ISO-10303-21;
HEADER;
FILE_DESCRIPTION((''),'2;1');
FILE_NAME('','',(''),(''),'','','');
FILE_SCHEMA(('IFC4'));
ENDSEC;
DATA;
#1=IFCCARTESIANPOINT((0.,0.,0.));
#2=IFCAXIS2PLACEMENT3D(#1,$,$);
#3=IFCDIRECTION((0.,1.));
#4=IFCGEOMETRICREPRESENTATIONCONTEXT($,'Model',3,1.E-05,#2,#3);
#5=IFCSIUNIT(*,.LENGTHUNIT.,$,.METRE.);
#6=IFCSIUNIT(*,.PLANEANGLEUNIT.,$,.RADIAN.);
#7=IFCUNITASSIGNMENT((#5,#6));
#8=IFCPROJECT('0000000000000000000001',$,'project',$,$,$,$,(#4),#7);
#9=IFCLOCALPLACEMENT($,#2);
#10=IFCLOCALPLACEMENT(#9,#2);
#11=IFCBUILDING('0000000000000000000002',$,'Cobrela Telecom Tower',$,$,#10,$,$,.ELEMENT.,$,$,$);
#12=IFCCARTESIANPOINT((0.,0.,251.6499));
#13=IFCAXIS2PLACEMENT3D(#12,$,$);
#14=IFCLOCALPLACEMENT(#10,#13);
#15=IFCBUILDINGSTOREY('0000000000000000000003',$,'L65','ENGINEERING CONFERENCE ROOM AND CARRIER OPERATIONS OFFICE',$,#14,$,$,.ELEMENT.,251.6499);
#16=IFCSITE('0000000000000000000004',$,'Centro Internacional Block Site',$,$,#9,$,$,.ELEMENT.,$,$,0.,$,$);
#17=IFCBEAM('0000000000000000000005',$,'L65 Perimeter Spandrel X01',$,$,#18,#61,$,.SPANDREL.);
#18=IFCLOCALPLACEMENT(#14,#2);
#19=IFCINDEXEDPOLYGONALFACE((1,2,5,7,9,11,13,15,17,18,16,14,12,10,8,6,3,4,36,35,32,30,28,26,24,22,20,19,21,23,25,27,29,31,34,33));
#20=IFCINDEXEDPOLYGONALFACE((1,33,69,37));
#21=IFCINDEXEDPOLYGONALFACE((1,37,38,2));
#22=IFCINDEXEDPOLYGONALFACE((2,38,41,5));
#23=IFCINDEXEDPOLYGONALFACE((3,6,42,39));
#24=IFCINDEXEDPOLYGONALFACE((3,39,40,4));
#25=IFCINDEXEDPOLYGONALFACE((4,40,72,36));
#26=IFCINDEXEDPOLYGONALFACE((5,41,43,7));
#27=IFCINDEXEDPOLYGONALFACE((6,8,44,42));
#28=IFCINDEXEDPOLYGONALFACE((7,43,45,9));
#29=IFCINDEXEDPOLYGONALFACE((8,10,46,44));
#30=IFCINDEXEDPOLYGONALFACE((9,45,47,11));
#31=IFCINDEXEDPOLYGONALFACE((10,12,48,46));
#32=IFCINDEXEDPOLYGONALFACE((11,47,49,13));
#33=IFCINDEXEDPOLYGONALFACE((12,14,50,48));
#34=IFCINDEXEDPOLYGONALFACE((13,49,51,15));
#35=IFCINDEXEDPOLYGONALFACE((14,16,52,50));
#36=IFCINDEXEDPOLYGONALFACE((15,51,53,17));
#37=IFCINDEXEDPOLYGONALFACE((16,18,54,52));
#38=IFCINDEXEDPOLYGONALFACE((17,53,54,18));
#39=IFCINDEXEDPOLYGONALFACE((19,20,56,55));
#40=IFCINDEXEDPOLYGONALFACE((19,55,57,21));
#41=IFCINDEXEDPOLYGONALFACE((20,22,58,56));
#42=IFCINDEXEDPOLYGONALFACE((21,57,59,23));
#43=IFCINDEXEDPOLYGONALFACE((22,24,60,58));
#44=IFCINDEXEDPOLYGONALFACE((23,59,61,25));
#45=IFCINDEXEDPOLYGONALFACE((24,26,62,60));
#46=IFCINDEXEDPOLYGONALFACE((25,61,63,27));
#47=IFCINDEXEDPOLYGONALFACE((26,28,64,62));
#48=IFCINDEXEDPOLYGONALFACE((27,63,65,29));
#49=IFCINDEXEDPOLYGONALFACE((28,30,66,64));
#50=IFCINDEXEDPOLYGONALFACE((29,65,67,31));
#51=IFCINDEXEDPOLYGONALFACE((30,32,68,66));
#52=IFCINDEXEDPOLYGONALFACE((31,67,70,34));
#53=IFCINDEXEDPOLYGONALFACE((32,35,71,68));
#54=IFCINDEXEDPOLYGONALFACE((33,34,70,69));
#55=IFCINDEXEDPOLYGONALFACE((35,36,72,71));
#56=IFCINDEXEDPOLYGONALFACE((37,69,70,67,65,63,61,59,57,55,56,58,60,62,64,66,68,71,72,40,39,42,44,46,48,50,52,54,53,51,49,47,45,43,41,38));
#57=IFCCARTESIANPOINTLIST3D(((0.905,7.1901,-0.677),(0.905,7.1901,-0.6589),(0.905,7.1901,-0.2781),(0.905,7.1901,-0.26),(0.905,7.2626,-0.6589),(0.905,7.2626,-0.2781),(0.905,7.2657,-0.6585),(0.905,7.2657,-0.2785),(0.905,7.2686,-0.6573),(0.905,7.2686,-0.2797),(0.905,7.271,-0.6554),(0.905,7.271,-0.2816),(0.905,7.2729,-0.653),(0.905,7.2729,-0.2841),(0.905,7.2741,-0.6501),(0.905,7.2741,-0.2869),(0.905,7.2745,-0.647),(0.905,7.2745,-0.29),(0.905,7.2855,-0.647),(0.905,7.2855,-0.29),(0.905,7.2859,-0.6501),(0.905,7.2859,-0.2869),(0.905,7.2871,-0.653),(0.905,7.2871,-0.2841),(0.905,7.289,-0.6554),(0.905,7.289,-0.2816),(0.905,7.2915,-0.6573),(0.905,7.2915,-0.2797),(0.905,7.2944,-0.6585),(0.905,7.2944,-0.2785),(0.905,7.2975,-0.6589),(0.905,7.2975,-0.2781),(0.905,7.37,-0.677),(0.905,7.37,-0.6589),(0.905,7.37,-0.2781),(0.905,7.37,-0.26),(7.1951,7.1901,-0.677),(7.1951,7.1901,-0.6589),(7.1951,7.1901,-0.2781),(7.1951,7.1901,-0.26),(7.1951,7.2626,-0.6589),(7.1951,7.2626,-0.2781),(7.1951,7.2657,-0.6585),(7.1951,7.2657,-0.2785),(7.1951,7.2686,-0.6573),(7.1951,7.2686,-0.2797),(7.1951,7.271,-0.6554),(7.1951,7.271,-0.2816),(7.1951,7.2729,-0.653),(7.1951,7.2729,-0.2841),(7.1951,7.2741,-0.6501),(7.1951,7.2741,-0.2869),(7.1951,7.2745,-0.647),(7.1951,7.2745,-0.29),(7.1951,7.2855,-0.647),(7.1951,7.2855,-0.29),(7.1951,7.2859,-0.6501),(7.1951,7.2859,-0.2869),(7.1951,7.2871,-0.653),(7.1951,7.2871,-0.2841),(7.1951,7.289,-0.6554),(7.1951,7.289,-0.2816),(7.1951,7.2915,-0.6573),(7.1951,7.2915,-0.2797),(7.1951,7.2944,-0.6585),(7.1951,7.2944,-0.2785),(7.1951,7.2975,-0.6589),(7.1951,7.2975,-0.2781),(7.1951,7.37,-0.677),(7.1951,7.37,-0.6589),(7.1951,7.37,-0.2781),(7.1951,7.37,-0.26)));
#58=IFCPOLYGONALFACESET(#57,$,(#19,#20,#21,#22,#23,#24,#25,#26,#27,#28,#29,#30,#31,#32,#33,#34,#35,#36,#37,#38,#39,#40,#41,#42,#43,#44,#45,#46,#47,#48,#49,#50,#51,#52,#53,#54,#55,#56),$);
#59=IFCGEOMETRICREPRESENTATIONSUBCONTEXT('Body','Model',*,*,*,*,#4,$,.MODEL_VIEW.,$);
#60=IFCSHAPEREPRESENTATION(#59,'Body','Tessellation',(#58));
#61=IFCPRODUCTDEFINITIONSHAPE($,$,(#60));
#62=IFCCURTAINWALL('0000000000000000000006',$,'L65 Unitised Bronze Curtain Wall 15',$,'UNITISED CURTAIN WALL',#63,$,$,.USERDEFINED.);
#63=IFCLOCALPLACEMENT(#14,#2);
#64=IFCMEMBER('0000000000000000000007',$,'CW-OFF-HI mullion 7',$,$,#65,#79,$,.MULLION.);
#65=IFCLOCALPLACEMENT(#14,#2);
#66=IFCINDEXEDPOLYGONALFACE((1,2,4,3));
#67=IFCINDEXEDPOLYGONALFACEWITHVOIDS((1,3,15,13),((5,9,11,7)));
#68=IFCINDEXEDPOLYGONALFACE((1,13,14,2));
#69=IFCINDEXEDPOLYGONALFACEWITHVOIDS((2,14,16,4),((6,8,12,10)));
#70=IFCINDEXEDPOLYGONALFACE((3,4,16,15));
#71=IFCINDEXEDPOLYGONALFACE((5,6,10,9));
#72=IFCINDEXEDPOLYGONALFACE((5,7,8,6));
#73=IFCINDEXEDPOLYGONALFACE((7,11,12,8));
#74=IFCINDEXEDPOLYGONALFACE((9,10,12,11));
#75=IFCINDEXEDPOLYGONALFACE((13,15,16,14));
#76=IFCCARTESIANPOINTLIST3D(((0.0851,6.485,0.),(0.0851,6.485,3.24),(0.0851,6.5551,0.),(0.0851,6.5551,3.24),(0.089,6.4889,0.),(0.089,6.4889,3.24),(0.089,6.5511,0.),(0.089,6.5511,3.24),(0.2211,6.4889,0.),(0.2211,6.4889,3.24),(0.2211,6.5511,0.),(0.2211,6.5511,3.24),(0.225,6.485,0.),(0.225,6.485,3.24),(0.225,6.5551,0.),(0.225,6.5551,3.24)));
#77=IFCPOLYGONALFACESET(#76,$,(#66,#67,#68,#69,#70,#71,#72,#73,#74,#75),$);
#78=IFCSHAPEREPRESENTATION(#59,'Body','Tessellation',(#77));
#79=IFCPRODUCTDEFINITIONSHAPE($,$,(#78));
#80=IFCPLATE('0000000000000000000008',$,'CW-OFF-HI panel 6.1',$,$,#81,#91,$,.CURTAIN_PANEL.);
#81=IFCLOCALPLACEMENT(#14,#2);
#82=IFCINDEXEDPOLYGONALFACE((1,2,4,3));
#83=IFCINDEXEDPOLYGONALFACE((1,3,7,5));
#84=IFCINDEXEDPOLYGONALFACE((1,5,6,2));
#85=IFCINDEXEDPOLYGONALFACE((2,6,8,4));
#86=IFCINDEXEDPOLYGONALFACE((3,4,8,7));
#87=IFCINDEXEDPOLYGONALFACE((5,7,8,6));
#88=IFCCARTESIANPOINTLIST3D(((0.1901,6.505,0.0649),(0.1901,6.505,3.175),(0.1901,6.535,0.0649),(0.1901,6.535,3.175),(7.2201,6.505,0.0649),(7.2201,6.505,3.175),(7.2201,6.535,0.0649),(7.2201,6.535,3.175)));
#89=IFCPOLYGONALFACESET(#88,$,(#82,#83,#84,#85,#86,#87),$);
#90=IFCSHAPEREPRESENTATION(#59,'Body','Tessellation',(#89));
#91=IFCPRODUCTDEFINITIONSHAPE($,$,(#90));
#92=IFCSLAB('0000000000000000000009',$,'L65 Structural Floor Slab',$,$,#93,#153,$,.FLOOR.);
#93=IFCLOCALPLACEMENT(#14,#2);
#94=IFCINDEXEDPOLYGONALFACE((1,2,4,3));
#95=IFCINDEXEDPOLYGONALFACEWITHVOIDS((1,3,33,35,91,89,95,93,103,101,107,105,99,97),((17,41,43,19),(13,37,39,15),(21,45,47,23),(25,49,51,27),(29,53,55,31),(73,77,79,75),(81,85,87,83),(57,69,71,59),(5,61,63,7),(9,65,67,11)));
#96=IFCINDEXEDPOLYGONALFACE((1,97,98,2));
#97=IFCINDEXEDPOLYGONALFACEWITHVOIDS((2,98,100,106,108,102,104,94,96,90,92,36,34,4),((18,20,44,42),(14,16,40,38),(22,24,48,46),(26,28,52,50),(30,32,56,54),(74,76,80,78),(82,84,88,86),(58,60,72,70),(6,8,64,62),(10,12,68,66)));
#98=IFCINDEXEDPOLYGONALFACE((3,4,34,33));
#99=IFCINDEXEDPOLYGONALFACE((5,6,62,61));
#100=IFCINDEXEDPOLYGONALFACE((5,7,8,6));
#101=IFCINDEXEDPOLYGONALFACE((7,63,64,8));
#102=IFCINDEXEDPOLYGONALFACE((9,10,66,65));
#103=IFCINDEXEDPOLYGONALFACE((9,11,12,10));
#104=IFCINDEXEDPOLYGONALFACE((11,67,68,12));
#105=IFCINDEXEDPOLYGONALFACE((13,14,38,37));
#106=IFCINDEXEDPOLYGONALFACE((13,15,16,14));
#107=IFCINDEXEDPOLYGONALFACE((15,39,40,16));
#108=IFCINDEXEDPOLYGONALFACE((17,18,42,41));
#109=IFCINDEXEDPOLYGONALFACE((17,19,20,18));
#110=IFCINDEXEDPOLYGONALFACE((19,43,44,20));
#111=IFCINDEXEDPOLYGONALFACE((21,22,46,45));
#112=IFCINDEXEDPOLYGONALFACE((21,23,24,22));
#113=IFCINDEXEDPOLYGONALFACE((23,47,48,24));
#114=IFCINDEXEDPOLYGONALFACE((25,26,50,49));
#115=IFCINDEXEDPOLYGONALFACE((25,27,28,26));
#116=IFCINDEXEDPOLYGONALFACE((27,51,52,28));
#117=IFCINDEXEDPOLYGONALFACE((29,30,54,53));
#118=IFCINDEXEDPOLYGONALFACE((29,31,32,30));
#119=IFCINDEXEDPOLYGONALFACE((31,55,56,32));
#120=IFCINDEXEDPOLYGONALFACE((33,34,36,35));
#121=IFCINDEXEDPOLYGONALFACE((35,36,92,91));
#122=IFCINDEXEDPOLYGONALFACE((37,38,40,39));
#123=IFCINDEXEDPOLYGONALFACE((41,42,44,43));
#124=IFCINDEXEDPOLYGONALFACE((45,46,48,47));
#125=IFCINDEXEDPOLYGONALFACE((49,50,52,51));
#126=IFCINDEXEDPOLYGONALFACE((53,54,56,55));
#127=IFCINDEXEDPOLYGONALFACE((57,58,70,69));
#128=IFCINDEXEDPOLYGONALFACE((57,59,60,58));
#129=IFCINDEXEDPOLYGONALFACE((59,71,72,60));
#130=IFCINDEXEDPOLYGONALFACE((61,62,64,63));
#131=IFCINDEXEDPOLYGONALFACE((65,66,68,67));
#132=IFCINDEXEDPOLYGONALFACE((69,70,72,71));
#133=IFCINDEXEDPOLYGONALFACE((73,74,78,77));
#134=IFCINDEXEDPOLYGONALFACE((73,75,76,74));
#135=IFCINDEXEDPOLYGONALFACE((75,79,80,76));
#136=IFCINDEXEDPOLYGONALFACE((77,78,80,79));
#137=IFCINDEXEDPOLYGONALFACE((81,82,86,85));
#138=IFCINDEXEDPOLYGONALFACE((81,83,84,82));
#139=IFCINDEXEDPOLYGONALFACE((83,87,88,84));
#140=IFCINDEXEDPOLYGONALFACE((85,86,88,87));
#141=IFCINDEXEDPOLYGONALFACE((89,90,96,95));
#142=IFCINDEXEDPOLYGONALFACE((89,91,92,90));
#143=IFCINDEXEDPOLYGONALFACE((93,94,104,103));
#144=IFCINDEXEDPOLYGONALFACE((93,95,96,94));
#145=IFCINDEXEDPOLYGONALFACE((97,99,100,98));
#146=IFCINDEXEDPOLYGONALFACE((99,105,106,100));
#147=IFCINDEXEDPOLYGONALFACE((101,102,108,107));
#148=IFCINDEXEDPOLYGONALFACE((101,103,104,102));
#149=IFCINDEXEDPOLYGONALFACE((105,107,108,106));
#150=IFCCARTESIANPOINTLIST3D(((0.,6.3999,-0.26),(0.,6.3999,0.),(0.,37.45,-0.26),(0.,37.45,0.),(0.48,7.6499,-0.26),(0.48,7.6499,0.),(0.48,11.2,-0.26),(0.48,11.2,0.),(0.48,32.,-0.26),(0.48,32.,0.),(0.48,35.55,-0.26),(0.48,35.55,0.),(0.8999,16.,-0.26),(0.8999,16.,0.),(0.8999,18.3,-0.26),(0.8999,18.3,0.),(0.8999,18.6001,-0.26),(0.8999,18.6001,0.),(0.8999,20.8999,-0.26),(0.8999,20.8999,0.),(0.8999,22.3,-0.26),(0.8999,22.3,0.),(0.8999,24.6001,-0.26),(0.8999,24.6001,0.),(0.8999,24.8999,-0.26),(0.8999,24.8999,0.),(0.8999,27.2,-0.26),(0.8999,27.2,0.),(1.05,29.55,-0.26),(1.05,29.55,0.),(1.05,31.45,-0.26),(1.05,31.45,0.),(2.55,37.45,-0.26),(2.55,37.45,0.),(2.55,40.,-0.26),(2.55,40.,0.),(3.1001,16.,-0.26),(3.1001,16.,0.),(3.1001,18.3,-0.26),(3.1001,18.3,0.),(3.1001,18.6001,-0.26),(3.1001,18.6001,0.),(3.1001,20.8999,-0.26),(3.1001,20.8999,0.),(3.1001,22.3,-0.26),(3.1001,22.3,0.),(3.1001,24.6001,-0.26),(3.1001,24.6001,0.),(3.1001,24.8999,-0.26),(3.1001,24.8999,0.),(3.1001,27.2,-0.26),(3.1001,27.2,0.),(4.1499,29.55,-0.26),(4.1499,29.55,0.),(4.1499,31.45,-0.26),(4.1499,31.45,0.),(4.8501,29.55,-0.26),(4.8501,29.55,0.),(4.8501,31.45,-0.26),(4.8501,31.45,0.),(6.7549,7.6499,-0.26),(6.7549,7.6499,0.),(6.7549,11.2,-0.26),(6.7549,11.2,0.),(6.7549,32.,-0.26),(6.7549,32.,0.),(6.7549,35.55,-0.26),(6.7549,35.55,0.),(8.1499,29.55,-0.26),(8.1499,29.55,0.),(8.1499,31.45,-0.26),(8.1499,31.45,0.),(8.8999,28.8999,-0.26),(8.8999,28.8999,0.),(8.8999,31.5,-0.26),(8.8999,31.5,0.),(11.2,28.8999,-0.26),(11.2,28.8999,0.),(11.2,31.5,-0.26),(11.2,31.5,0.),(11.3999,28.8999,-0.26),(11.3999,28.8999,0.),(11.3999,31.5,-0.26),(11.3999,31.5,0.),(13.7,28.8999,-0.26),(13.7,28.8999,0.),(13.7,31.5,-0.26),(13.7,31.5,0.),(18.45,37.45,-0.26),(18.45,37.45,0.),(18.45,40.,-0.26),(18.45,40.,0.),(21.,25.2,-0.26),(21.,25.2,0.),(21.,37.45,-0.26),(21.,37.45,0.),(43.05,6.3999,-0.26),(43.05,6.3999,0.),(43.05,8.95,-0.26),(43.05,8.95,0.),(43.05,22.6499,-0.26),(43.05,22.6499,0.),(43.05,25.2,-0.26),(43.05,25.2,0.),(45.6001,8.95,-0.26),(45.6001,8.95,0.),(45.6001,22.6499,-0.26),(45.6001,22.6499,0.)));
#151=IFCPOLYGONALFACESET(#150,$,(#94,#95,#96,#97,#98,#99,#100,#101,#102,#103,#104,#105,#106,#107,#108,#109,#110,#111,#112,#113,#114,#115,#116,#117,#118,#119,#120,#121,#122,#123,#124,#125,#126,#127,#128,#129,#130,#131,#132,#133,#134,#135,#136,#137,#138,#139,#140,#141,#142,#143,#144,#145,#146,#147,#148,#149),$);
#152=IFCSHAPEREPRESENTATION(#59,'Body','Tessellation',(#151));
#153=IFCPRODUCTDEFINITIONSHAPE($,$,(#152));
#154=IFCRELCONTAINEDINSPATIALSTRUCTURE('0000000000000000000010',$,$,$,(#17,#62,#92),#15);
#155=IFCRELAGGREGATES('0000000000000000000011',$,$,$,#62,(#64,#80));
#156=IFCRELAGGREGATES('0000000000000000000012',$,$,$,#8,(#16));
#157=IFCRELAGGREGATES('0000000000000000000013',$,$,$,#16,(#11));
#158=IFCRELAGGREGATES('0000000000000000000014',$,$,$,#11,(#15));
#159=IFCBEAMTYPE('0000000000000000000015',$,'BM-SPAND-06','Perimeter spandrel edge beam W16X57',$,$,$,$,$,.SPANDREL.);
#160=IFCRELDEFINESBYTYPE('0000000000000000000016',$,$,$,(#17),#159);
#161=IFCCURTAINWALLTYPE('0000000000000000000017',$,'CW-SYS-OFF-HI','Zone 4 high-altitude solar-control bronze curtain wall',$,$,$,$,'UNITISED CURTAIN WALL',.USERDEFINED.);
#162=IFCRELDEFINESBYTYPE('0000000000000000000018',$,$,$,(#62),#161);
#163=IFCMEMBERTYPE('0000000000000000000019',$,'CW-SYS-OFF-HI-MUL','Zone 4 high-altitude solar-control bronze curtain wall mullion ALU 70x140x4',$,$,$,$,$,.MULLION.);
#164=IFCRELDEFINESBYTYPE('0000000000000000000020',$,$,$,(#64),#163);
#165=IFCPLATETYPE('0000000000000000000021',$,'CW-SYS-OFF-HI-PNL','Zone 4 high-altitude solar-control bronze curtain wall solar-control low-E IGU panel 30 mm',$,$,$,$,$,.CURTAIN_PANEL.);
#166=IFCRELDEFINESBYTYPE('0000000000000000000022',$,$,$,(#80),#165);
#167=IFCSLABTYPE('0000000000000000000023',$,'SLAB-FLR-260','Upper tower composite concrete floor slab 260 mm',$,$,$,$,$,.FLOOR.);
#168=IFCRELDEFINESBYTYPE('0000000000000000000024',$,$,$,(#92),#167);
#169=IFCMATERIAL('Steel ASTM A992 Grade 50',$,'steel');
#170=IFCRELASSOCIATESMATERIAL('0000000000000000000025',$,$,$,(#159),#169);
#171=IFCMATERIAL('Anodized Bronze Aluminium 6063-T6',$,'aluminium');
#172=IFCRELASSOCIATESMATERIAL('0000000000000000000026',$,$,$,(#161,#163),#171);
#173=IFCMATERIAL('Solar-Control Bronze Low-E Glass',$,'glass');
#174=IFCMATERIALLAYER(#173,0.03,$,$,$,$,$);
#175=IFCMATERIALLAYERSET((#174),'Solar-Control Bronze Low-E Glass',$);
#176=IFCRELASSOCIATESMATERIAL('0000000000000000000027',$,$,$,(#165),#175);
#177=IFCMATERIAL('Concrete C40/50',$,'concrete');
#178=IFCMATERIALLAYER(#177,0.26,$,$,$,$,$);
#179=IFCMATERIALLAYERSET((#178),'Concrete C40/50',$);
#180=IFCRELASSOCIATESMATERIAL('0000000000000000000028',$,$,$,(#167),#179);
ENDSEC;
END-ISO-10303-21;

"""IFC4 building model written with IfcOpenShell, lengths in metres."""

from ifc_helpers import new_model, si_unit, direction, frame, origin, origin_2d, place, context, subcontext, project, spatial, polyline, rectangle, hollow_rectangle, i_section, outline, extrude, material, layer, layer_set, material_profile, profile_set, type_object, element, aggregate, save


model = new_model("IFC4")

# Units and contexts
model_context = context("Model", 3, precision=1e-05, world=origin(), true_north=direction((0.0, 1.0)))
body_context = subcontext(model_context, "Body", "Model", "MODEL_VIEW")
ifc_project = project(units=[si_unit("LENGTHUNIT", "METRE"), si_unit("PLANEANGLEUNIT", "RADIAN")], contexts=[model_context])

# Site, building, storey
site_placement = place(None, origin())
site = spatial("IfcSite", under=ifc_project, at=site_placement, Name="Centro Internacional Block Site", CompositionType="ELEMENT", RefElevation=0.0)
building_placement = place(site_placement, origin())
building = spatial("IfcBuilding", under=site, at=building_placement, Name="Cobrela Telecom Tower", CompositionType="ELEMENT")
storey_placement = place(building_placement, frame((0.0, 0.0, 251.6499)))
storey = spatial("IfcBuildingStorey", under=building, at=storey_placement, Name="L65", Description="ENGINEERING CONFERENCE ROOM AND CARRIER OPERATIONS OFFICE", CompositionType="ELEMENT", Elevation=251.6499)

# Beam
ifc_material_1 = material(Name="Steel ASTM A992 Grade 50", Category="steel")
ifc_material_profile_1 = material_profile(ifc_material_1, i_section(OverallWidth=0.1799, OverallDepth=0.417, WebThickness=0.011, FlangeThickness=0.0181, FilletRadius=0.012, at=origin_2d()), Name="W16X57")
ifc_profile_set_1 = profile_set([ifc_material_profile_1], Name="Steel ASTM A992 Grade 50")
beam_type = type_object("IfcBeamType", Name="BM-SPAND-06", Description="Perimeter spandrel edge beam W16X57", PredefinedType="SPANDREL", material=ifc_profile_set_1)
beam_placement = place(storey_placement, frame((0.905, 7.28, -0.4685), z_axis=(1.0, 0.0, 0.0), x_axis=(0.0, 1.0, 0.0)))
element("IfcBeam", 1, at=beam_placement, inside=storey, type_object=beam_type, Name="L65 Perimeter Spandrel X01", PredefinedType="SPANDREL", context=body_context, shape_type="SweptSolid", body=[
    extrude(i_section(OverallWidth=0.1799, OverallDepth=0.417, WebThickness=0.011, FlangeThickness=0.0181, FilletRadius=0.012, at=origin_2d()), origin(), (0.0, 0.0, 1.0), 6.29),
])

# Curtain wall, member, plate
ifc_material_2 = material(Name="Anodized Bronze Aluminium 6063-T6", Category="aluminium")
curtain_wall_type = type_object("IfcCurtainWallType", Name="CW-SYS-OFF-HI", Description="Zone 4 high-altitude solar-control bronze curtain wall", ElementType="UNITISED CURTAIN WALL", PredefinedType="USERDEFINED", material=ifc_material_2)
curtain_wall_placement = place(storey_placement, origin())
curtain_wall = element("IfcCurtainWall", 2, at=curtain_wall_placement, inside=storey, type_object=curtain_wall_type, Name="L65 Unitised Bronze Curtain Wall 15", ObjectType="UNITISED CURTAIN WALL", PredefinedType="USERDEFINED")
ifc_material_profile_2 = material_profile(ifc_material_2, hollow_rectangle(XDim=0.0701, YDim=0.1399, WallThickness=0.0039, at=origin_2d()), Name="ALU 70x140x4")
ifc_profile_set_2 = profile_set([ifc_material_profile_2], Name="Anodized Bronze Aluminium 6063-T6")
member_type = type_object("IfcMemberType", Name="CW-SYS-OFF-HI-MUL", Description="Zone 4 high-altitude solar-control bronze curtain wall mullion ALU 70x140x4", PredefinedType="MULLION", material=ifc_profile_set_2)
member_placement = place(storey_placement, frame((0.155, 6.52, 0.0), z_axis=(0.0, 0.0, 1.0), x_axis=(0.0, -1.0, 0.0)))
member = element("IfcMember", 3, at=member_placement, type_object=member_type, Name="CW-OFF-HI mullion 7", PredefinedType="MULLION", context=body_context, shape_type="SweptSolid", body=[
    extrude(hollow_rectangle(XDim=0.0701, YDim=0.1399, WallThickness=0.0039, at=origin_2d()), origin(), (0.0, 0.0, 1.0), 3.24),
])
ifc_material_3 = material(Name="Solar-Control Bronze Low-E Glass", Category="glass")
ifc_layer_1 = layer(ifc_material_3, 0.03)
ifc_layer_set_1 = layer_set([ifc_layer_1], Name="Solar-Control Bronze Low-E Glass")
plate_type = type_object("IfcPlateType", Name="CW-SYS-OFF-HI-PNL", Description="Zone 4 high-altitude solar-control bronze curtain wall solar-control low-E IGU panel 30 mm", PredefinedType="CURTAIN_PANEL", material=ifc_layer_set_1)
plate_placement = place(storey_placement, frame((3.7051, 6.52, 0.0649), z_axis=(0.0, 0.0, 1.0), x_axis=(-1.0, 0.0, 0.0)))
plate = element("IfcPlate", 4, at=plate_placement, type_object=plate_type, Name="CW-OFF-HI panel 6.1", PredefinedType="CURTAIN_PANEL", context=body_context, shape_type="SweptSolid", body=[
    extrude(rectangle(XDim=7.03, YDim=0.03, at=origin_2d()), origin(), (0.0, 0.0, 1.0), 3.1101),
])
aggregate(curtain_wall, [member, plate])

# Slab, openings
ifc_material_4 = material(Name="Concrete C40/50", Category="concrete")
ifc_layer_2 = layer(ifc_material_4, 0.26)
ifc_layer_set_2 = layer_set([ifc_layer_2], Name="Concrete C40/50")
slab_type_1 = type_object("IfcSlabType", Name="SLAB-FLR-260", Description="Upper tower composite concrete floor slab 260 mm", PredefinedType="FLOOR", material=ifc_layer_set_2)
slab_1_placement = place(storey_placement, frame((0.0, 0.0, -0.26)))
slab_1 = element("IfcSlab", 5, at=slab_1_placement, inside=storey, type_object=slab_type_1, Name="L65 Structural Floor Slab", PredefinedType="FLOOR", context=body_context, shape_type="SweptSolid", body=[
    extrude(outline(polyline([(0.0, 6.3999), (43.05, 6.3999), (43.05, 8.95), (45.6001, 8.95), (45.6001, 22.6499), (43.05, 22.6499), (43.05, 25.2), (21.0, 25.2), (21.0, 37.45), (18.45, 37.45), (18.45, 40.0), (2.55, 40.0), (2.55, 37.45), (0.0, 37.45), (0.0, 6.3999)])), origin(), (0.0, 0.0, 1.0), 0.26),
])
opening_1_placement = place(slab_1_placement, frame((0.0, 0.0, -0.02)))
element("IfcOpeningElement", 6, at=opening_1_placement, cuts=slab_1, PredefinedType="OPENING", context=body_context, shape_type="SweptSolid", body=[
    extrude(outline(polyline([(8.8999, 28.8999), (11.2, 28.8999), (11.2, 31.5), (8.8999, 31.5), (8.8999, 28.8999)])), origin(), (0.0, 0.0, 1.0), 0.3),
])
opening_2_placement = place(slab_1_placement, frame((0.0, 0.0, -0.02)))
element("IfcOpeningElement", 7, at=opening_2_placement, cuts=slab_1, PredefinedType="OPENING", context=body_context, shape_type="SweptSolid", body=[
    extrude(outline(polyline([(11.3999, 28.8999), (13.7, 28.8999), (13.7, 31.5), (11.3999, 31.5), (11.3999, 28.8999)])), origin(), (0.0, 0.0, 1.0), 0.3),
])
opening_3_placement = place(slab_1_placement, frame((0.0, 0.0, -0.02)))
element("IfcOpeningElement", 8, at=opening_3_placement, cuts=slab_1, PredefinedType="OPENING", context=body_context, shape_type="SweptSolid", body=[
    extrude(outline(polyline([(0.8999, 16.0), (3.1001, 16.0), (3.1001, 18.3), (0.8999, 18.3), (0.8999, 16.0)])), origin(), (0.0, 0.0, 1.0), 0.3),
])
opening_4_placement = place(slab_1_placement, frame((0.0, 0.0, -0.02)))
element("IfcOpeningElement", 9, at=opening_4_placement, cuts=slab_1, PredefinedType="OPENING", context=body_context, shape_type="SweptSolid", body=[
    extrude(outline(polyline([(0.8999, 18.6001), (3.1001, 18.6001), (3.1001, 20.8999), (0.8999, 20.8999), (0.8999, 18.6001)])), origin(), (0.0, 0.0, 1.0), 0.3),
])
opening_5_placement = place(slab_1_placement, frame((0.0, 0.0, -0.02)))
element("IfcOpeningElement", 10, at=opening_5_placement, cuts=slab_1, PredefinedType="OPENING", context=body_context, shape_type="SweptSolid", body=[
    extrude(outline(polyline([(0.8999, 22.3), (3.1001, 22.3), (3.1001, 24.6001), (0.8999, 24.6001), (0.8999, 22.3)])), origin(), (0.0, 0.0, 1.0), 0.3),
])
opening_6_placement = place(slab_1_placement, frame((0.0, 0.0, -0.02)))
element("IfcOpeningElement", 11, at=opening_6_placement, cuts=slab_1, PredefinedType="OPENING", context=body_context, shape_type="SweptSolid", body=[
    extrude(outline(polyline([(0.8999, 24.8999), (3.1001, 24.8999), (3.1001, 27.2), (0.8999, 27.2), (0.8999, 24.8999)])), origin(), (0.0, 0.0, 1.0), 0.3),
])
opening_7_placement = place(slab_1_placement, frame((0.0, 0.0, -0.02)))
element("IfcOpeningElement", 12, at=opening_7_placement, cuts=slab_1, PredefinedType="OPENING", context=body_context, shape_type="SweptSolid", body=[
    extrude(outline(polyline([(1.05, 29.55), (4.1499, 29.55), (4.1499, 31.45), (1.05, 31.45), (1.05, 29.55)])), origin(), (0.0, 0.0, 1.0), 0.3),
])
opening_8_placement = place(slab_1_placement, frame((0.0, 0.0, -0.02)))
element("IfcOpeningElement", 13, at=opening_8_placement, cuts=slab_1, PredefinedType="OPENING", context=body_context, shape_type="SweptSolid", body=[
    extrude(outline(polyline([(4.8501, 29.55), (8.1499, 29.55), (8.1499, 31.45), (4.8501, 31.45), (4.8501, 29.55)])), origin(), (0.0, 0.0, 1.0), 0.3),
])
opening_9_placement = place(slab_1_placement, frame((0.0, 0.0, -0.02)))
element("IfcOpeningElement", 14, at=opening_9_placement, cuts=slab_1, PredefinedType="OPENING", context=body_context, shape_type="SweptSolid", body=[
    extrude(outline(polyline([(6.7549, 35.55), (0.48, 35.55), (0.48, 32.0), (6.7549, 32.0), (6.7549, 35.55)])), origin(), (0.0, 0.0, 1.0), 0.3),
])
opening_10_placement = place(slab_1_placement, frame((0.0, 0.0, -0.02)))
element("IfcOpeningElement", 15, at=opening_10_placement, cuts=slab_1, PredefinedType="OPENING", context=body_context, shape_type="SweptSolid", body=[
    extrude(outline(polyline([(6.7549, 11.2), (0.48, 11.2), (0.48, 7.6499), (6.7549, 7.6499), (6.7549, 11.2)])), origin(), (0.0, 0.0, 1.0), 0.3),
])

save(model, "model.ifc")
